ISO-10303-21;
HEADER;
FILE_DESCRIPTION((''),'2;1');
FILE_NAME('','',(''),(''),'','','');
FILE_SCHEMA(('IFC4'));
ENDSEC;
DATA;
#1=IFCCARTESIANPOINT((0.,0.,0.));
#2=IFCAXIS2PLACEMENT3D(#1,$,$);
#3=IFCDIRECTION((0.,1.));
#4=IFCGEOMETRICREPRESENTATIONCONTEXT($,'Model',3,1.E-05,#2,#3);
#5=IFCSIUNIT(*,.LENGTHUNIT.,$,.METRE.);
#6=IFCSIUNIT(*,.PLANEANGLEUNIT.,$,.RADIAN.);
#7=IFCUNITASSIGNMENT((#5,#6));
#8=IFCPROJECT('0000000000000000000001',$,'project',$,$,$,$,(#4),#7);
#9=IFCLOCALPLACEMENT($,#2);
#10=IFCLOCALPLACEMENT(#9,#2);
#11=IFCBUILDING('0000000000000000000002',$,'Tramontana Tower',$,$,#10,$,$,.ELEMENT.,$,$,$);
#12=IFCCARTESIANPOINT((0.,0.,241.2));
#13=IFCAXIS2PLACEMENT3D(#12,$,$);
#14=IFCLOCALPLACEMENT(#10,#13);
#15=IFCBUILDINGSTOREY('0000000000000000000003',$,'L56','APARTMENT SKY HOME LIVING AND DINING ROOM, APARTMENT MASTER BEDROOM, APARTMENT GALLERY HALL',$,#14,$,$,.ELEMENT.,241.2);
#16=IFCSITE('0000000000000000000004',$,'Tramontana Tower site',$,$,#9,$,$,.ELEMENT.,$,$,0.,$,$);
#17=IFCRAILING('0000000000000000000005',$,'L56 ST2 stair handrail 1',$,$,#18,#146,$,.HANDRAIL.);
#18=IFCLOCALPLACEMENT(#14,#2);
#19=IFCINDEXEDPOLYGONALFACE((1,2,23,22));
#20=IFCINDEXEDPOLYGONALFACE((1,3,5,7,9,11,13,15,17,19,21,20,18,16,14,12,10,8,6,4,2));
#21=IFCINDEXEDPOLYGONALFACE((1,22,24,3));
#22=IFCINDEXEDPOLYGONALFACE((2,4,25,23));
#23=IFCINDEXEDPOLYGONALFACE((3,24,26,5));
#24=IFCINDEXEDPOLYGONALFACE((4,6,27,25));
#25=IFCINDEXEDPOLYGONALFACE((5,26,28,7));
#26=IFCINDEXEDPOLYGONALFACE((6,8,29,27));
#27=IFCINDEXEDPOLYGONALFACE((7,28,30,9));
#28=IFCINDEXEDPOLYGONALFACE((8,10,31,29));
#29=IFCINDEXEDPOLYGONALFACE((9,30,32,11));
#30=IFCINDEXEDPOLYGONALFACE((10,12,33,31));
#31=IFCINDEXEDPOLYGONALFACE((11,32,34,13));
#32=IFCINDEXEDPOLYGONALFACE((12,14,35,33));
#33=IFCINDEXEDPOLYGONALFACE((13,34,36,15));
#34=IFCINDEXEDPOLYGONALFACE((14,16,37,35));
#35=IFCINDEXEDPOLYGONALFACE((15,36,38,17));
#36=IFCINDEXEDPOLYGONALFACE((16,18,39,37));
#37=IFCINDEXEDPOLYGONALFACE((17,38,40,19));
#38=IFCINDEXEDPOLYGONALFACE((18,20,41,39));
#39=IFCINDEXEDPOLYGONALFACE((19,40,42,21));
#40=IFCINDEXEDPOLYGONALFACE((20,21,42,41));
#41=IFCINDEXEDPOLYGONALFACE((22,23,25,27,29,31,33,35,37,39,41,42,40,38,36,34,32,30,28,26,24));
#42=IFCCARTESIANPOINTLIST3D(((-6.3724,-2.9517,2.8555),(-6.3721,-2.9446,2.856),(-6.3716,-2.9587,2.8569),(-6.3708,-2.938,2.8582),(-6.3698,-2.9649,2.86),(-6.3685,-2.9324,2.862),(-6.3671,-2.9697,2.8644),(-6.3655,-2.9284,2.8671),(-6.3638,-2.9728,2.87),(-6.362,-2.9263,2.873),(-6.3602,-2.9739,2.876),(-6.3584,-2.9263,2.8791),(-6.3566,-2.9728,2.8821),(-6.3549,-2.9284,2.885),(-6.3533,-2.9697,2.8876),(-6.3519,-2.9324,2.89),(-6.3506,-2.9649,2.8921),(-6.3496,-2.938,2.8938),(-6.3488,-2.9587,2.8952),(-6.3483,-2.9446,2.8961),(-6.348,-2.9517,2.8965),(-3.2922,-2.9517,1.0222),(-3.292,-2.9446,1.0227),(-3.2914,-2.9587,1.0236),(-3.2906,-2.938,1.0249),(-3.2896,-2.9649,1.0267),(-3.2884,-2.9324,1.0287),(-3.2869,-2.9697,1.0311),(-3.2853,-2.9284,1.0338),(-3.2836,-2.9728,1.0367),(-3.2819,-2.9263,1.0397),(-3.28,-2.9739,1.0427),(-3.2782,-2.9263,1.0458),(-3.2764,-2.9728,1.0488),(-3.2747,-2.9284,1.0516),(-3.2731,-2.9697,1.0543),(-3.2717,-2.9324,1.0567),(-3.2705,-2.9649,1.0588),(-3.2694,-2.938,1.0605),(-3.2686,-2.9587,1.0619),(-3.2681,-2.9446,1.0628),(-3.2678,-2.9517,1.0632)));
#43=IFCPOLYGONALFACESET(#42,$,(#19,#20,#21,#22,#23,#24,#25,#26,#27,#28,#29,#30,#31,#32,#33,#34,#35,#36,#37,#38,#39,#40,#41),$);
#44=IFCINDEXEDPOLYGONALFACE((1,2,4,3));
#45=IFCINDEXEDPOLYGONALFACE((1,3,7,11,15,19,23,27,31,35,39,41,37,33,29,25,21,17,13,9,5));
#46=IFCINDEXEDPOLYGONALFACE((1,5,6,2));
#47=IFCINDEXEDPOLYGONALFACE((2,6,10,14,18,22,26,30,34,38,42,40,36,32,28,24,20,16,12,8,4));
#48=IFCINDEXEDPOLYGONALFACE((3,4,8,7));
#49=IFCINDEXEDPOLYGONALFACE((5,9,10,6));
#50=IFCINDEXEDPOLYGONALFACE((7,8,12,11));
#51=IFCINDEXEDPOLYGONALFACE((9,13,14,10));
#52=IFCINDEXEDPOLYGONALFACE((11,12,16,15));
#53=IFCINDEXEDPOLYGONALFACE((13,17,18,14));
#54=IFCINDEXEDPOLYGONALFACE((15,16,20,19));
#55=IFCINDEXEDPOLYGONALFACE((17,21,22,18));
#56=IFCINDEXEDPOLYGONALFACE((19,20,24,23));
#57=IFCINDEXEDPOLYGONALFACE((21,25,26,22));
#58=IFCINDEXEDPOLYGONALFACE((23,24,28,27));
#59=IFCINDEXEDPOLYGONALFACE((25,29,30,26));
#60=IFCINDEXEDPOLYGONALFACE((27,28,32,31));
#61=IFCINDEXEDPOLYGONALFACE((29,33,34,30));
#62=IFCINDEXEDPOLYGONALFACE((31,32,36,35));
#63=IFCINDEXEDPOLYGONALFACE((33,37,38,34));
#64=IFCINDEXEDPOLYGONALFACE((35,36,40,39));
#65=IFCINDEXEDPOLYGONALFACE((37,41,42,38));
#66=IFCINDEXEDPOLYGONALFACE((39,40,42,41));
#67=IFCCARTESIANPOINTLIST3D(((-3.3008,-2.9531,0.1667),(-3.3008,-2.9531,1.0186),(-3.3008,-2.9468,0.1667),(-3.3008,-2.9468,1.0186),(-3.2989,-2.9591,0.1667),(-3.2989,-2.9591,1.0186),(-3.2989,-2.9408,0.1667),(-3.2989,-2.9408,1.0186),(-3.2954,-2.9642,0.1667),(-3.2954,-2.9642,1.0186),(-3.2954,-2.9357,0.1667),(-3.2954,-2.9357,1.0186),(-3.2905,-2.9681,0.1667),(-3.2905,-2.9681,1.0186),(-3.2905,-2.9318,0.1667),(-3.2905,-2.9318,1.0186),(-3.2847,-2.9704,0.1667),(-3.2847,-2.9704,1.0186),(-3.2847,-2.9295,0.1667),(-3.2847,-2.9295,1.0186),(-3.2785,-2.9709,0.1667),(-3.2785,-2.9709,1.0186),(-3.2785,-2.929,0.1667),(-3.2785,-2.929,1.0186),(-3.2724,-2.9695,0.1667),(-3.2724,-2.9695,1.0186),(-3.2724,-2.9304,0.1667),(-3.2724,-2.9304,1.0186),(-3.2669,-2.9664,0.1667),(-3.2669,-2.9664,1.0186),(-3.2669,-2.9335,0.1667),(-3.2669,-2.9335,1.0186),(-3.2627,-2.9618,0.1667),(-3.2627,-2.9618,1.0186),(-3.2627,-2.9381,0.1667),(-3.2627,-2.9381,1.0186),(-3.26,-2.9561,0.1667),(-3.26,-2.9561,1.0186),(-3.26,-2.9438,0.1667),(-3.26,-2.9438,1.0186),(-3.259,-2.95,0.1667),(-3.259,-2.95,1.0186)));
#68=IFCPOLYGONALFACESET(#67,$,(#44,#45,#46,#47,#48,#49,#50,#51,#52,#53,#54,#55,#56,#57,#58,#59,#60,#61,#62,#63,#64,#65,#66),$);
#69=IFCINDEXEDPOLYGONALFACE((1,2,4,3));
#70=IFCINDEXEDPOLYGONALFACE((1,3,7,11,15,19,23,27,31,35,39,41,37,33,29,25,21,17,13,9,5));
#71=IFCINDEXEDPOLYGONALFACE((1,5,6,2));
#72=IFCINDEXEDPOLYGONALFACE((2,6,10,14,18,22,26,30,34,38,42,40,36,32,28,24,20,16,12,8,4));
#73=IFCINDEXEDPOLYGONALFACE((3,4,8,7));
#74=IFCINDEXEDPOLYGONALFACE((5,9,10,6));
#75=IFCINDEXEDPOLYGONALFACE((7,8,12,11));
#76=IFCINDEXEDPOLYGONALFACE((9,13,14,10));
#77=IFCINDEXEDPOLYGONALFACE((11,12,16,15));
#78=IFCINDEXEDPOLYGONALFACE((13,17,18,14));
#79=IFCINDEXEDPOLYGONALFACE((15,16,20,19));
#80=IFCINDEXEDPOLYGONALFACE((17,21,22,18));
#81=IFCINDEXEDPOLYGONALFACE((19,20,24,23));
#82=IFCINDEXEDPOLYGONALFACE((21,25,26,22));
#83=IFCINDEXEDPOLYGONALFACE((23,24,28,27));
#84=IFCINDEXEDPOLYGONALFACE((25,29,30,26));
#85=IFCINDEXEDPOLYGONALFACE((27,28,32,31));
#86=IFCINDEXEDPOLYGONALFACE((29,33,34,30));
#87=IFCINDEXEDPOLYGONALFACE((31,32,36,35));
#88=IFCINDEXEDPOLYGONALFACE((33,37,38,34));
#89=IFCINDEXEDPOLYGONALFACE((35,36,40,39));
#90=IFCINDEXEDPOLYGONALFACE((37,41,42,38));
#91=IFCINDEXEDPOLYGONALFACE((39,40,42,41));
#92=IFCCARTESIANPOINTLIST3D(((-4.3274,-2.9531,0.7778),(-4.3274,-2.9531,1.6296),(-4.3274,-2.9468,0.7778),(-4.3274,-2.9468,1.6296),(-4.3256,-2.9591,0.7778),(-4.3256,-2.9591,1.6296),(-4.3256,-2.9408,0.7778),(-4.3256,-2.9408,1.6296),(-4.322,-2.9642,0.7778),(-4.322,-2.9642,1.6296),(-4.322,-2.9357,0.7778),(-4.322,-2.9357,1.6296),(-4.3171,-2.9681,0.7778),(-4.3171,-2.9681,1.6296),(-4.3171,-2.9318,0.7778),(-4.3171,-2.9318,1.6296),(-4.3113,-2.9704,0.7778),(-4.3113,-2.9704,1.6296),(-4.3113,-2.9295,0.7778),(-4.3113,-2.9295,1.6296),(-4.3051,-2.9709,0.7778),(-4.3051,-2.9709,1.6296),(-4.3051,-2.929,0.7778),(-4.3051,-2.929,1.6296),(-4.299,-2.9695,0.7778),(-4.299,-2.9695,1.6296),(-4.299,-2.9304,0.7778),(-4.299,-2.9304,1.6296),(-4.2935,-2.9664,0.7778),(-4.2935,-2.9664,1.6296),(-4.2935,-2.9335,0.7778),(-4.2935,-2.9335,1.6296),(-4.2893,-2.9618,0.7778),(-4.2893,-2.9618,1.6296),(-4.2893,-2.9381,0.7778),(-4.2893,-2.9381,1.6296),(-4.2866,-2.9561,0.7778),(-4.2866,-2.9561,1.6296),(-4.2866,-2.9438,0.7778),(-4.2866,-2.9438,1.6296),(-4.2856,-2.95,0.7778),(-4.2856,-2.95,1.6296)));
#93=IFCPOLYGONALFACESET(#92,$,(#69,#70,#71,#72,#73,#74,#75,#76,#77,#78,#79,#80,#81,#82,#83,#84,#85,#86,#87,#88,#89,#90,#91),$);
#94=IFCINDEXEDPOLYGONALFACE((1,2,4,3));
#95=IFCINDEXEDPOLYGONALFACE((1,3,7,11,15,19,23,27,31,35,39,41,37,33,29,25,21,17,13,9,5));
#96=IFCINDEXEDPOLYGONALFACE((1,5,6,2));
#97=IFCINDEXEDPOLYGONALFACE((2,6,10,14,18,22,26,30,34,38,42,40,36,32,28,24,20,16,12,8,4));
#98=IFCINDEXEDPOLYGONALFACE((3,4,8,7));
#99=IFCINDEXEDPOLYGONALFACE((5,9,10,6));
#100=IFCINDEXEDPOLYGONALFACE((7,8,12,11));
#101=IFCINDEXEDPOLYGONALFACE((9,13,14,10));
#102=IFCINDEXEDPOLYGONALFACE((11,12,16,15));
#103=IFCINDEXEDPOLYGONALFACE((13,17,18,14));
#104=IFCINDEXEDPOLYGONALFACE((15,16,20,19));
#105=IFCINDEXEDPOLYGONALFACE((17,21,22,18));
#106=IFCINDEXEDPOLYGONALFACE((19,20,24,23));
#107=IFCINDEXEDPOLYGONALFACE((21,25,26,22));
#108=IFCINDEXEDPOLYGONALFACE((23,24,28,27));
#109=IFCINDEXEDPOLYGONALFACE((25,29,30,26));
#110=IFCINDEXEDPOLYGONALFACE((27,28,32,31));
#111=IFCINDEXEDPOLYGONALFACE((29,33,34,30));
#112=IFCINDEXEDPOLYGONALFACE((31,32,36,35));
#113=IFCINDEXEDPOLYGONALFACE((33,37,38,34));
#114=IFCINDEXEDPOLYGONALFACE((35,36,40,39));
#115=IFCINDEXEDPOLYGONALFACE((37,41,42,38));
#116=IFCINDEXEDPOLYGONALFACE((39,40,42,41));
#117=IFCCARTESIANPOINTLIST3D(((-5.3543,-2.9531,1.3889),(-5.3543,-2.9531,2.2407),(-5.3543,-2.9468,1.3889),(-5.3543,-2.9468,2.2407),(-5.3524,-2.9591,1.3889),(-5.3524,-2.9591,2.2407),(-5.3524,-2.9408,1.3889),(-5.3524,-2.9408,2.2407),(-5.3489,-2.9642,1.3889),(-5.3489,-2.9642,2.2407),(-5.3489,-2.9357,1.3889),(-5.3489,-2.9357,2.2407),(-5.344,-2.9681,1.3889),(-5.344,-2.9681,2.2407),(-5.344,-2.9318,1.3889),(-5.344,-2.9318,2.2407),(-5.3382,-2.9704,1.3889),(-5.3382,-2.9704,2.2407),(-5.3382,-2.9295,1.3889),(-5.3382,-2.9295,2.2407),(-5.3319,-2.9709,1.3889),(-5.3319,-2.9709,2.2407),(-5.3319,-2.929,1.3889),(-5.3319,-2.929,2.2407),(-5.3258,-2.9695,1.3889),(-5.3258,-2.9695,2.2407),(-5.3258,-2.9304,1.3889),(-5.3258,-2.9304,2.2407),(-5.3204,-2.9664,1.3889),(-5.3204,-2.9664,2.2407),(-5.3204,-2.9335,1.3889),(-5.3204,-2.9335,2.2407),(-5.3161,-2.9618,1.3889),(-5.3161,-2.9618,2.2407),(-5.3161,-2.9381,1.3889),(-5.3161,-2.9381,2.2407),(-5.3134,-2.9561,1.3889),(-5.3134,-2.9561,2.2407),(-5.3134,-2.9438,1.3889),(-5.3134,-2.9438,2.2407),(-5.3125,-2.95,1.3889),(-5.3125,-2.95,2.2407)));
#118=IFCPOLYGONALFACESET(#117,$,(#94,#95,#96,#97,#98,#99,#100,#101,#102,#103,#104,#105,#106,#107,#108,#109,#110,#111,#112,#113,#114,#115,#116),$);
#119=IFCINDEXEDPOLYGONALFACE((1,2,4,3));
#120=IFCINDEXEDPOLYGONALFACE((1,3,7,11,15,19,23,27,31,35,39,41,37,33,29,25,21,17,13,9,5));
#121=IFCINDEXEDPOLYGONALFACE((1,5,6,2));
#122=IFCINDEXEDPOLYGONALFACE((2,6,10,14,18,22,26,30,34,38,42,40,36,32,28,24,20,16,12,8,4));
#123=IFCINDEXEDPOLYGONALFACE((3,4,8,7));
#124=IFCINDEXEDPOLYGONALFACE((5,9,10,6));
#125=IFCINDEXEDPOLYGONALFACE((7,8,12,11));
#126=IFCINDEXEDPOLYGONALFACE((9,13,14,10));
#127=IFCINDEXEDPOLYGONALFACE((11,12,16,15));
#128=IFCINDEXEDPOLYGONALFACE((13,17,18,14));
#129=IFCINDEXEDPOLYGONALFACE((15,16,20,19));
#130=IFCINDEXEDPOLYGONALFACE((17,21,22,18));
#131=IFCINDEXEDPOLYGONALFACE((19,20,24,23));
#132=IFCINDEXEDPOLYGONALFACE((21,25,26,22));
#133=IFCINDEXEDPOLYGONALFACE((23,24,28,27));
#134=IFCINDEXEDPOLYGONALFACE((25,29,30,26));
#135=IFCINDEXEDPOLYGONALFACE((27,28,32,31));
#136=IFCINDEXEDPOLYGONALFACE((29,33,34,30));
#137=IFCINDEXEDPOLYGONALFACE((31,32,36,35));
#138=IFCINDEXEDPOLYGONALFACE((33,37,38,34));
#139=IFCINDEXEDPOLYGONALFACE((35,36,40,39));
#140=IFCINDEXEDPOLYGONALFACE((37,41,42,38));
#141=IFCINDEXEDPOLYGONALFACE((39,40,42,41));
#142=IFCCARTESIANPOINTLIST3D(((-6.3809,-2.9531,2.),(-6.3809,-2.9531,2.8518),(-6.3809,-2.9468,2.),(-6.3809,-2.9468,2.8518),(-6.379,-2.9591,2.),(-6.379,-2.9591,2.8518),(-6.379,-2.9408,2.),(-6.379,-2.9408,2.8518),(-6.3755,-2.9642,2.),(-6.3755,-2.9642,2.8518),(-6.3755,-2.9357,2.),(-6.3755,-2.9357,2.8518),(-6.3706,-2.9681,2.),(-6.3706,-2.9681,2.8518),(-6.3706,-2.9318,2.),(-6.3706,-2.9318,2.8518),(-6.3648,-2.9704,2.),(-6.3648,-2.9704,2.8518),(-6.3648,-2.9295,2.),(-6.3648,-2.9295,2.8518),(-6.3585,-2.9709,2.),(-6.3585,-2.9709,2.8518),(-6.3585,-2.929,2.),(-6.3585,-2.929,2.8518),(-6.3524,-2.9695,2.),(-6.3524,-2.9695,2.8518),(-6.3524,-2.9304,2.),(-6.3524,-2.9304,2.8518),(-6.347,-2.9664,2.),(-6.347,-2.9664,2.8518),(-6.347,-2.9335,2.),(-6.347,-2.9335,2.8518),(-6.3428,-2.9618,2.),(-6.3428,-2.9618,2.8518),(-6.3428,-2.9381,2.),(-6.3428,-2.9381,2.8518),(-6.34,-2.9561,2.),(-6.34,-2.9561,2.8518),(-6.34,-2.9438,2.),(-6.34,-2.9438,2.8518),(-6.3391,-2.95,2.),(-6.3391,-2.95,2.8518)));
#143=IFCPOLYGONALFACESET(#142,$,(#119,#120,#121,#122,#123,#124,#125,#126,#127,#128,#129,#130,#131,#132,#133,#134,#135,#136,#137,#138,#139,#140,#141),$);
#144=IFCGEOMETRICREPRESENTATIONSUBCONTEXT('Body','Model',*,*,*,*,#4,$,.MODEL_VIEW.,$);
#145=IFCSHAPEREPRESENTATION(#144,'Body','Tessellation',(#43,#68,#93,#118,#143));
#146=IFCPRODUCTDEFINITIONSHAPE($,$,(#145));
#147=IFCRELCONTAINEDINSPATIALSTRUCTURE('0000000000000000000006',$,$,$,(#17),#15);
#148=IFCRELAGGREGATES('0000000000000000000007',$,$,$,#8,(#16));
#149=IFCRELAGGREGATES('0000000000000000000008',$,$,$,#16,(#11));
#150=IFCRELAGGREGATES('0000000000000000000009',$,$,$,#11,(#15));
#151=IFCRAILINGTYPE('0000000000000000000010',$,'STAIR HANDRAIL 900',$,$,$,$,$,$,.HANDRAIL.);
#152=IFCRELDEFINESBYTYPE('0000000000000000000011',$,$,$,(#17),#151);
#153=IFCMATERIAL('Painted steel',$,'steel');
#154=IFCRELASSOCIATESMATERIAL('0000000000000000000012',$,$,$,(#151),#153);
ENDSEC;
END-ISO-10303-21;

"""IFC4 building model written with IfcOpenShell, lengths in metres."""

from ifc_helpers import new_model, si_unit, direction, frame, origin, origin_2d, place, context, subcontext, project, spatial, circle, extrude, material, type_object, element, save


model = new_model("IFC4")

# Units and contexts
model_context = context("Model", 3, precision=1e-05, world=origin(), true_north=direction((0.0, 1.0)))
body_context = subcontext(model_context, "Body", "Model", "MODEL_VIEW")
ifc_project = project(units=[si_unit("LENGTHUNIT", "METRE"), si_unit("PLANEANGLEUNIT", "RADIAN")], contexts=[model_context])

# Site, building, storey
site_placement = place(None, origin())
site = spatial("IfcSite", under=ifc_project, at=site_placement, Name="Tramontana Tower site", CompositionType="ELEMENT", RefElevation=0.0)
building_placement = place(site_placement, origin())
building = spatial("IfcBuilding", under=site, at=building_placement, Name="Tramontana Tower", CompositionType="ELEMENT")
storey_placement = place(building_placement, frame((0.0, 0.0, 241.2)))
storey = spatial("IfcBuildingStorey", under=building, at=storey_placement, Name="L56", Description="APARTMENT SKY HOME LIVING AND DINING ROOM, APARTMENT MASTER BEDROOM, APARTMENT GALLERY HALL", CompositionType="ELEMENT", Elevation=241.2)

# Railing
ifc_material_1 = material(Name="Painted steel", Category="steel")
railing_type_1 = type_object("IfcRailingType", Name="STAIR HANDRAIL 900", PredefinedType="HANDRAIL", material=ifc_material_1)
railing_1_placement = place(storey_placement, frame((-3.28, -2.95, 0.1667)))
element("IfcRailing", 1, at=railing_1_placement, inside=storey, type_object=railing_type_1, Name="L56 ST2 stair handrail 1", PredefinedType="HANDRAIL", context=body_context, shape_type="SweptSolid", body=[
    extrude(circle(Radius=0.0239, at=origin_2d()), frame((0.0, 0.0, 0.876), z_axis=(-0.859309, 0.0, 0.511458), x_axis=(0.0, -1.0, 0.0)), (0.0, 0.0, 1.0), 3.5845),
    extrude(circle(Radius=0.021, at=origin_2d()), origin(), (0.0, 0.0, 1.0), 0.8518),
    extrude(circle(Radius=0.021, at=origin_2d()), frame((-1.0266, 0.0, 0.6111)), (0.0, 0.0, 1.0), 0.8518),
    extrude(circle(Radius=0.021, at=origin_2d()), frame((-2.0535, 0.0, 1.2222)), (0.0, 0.0, 1.0), 0.8518),
    extrude(circle(Radius=0.021, at=origin_2d()), frame((-3.0801, 0.0, 1.8333)), (0.0, 0.0, 1.0), 0.8518),
])

save(model, "model.ifc")
